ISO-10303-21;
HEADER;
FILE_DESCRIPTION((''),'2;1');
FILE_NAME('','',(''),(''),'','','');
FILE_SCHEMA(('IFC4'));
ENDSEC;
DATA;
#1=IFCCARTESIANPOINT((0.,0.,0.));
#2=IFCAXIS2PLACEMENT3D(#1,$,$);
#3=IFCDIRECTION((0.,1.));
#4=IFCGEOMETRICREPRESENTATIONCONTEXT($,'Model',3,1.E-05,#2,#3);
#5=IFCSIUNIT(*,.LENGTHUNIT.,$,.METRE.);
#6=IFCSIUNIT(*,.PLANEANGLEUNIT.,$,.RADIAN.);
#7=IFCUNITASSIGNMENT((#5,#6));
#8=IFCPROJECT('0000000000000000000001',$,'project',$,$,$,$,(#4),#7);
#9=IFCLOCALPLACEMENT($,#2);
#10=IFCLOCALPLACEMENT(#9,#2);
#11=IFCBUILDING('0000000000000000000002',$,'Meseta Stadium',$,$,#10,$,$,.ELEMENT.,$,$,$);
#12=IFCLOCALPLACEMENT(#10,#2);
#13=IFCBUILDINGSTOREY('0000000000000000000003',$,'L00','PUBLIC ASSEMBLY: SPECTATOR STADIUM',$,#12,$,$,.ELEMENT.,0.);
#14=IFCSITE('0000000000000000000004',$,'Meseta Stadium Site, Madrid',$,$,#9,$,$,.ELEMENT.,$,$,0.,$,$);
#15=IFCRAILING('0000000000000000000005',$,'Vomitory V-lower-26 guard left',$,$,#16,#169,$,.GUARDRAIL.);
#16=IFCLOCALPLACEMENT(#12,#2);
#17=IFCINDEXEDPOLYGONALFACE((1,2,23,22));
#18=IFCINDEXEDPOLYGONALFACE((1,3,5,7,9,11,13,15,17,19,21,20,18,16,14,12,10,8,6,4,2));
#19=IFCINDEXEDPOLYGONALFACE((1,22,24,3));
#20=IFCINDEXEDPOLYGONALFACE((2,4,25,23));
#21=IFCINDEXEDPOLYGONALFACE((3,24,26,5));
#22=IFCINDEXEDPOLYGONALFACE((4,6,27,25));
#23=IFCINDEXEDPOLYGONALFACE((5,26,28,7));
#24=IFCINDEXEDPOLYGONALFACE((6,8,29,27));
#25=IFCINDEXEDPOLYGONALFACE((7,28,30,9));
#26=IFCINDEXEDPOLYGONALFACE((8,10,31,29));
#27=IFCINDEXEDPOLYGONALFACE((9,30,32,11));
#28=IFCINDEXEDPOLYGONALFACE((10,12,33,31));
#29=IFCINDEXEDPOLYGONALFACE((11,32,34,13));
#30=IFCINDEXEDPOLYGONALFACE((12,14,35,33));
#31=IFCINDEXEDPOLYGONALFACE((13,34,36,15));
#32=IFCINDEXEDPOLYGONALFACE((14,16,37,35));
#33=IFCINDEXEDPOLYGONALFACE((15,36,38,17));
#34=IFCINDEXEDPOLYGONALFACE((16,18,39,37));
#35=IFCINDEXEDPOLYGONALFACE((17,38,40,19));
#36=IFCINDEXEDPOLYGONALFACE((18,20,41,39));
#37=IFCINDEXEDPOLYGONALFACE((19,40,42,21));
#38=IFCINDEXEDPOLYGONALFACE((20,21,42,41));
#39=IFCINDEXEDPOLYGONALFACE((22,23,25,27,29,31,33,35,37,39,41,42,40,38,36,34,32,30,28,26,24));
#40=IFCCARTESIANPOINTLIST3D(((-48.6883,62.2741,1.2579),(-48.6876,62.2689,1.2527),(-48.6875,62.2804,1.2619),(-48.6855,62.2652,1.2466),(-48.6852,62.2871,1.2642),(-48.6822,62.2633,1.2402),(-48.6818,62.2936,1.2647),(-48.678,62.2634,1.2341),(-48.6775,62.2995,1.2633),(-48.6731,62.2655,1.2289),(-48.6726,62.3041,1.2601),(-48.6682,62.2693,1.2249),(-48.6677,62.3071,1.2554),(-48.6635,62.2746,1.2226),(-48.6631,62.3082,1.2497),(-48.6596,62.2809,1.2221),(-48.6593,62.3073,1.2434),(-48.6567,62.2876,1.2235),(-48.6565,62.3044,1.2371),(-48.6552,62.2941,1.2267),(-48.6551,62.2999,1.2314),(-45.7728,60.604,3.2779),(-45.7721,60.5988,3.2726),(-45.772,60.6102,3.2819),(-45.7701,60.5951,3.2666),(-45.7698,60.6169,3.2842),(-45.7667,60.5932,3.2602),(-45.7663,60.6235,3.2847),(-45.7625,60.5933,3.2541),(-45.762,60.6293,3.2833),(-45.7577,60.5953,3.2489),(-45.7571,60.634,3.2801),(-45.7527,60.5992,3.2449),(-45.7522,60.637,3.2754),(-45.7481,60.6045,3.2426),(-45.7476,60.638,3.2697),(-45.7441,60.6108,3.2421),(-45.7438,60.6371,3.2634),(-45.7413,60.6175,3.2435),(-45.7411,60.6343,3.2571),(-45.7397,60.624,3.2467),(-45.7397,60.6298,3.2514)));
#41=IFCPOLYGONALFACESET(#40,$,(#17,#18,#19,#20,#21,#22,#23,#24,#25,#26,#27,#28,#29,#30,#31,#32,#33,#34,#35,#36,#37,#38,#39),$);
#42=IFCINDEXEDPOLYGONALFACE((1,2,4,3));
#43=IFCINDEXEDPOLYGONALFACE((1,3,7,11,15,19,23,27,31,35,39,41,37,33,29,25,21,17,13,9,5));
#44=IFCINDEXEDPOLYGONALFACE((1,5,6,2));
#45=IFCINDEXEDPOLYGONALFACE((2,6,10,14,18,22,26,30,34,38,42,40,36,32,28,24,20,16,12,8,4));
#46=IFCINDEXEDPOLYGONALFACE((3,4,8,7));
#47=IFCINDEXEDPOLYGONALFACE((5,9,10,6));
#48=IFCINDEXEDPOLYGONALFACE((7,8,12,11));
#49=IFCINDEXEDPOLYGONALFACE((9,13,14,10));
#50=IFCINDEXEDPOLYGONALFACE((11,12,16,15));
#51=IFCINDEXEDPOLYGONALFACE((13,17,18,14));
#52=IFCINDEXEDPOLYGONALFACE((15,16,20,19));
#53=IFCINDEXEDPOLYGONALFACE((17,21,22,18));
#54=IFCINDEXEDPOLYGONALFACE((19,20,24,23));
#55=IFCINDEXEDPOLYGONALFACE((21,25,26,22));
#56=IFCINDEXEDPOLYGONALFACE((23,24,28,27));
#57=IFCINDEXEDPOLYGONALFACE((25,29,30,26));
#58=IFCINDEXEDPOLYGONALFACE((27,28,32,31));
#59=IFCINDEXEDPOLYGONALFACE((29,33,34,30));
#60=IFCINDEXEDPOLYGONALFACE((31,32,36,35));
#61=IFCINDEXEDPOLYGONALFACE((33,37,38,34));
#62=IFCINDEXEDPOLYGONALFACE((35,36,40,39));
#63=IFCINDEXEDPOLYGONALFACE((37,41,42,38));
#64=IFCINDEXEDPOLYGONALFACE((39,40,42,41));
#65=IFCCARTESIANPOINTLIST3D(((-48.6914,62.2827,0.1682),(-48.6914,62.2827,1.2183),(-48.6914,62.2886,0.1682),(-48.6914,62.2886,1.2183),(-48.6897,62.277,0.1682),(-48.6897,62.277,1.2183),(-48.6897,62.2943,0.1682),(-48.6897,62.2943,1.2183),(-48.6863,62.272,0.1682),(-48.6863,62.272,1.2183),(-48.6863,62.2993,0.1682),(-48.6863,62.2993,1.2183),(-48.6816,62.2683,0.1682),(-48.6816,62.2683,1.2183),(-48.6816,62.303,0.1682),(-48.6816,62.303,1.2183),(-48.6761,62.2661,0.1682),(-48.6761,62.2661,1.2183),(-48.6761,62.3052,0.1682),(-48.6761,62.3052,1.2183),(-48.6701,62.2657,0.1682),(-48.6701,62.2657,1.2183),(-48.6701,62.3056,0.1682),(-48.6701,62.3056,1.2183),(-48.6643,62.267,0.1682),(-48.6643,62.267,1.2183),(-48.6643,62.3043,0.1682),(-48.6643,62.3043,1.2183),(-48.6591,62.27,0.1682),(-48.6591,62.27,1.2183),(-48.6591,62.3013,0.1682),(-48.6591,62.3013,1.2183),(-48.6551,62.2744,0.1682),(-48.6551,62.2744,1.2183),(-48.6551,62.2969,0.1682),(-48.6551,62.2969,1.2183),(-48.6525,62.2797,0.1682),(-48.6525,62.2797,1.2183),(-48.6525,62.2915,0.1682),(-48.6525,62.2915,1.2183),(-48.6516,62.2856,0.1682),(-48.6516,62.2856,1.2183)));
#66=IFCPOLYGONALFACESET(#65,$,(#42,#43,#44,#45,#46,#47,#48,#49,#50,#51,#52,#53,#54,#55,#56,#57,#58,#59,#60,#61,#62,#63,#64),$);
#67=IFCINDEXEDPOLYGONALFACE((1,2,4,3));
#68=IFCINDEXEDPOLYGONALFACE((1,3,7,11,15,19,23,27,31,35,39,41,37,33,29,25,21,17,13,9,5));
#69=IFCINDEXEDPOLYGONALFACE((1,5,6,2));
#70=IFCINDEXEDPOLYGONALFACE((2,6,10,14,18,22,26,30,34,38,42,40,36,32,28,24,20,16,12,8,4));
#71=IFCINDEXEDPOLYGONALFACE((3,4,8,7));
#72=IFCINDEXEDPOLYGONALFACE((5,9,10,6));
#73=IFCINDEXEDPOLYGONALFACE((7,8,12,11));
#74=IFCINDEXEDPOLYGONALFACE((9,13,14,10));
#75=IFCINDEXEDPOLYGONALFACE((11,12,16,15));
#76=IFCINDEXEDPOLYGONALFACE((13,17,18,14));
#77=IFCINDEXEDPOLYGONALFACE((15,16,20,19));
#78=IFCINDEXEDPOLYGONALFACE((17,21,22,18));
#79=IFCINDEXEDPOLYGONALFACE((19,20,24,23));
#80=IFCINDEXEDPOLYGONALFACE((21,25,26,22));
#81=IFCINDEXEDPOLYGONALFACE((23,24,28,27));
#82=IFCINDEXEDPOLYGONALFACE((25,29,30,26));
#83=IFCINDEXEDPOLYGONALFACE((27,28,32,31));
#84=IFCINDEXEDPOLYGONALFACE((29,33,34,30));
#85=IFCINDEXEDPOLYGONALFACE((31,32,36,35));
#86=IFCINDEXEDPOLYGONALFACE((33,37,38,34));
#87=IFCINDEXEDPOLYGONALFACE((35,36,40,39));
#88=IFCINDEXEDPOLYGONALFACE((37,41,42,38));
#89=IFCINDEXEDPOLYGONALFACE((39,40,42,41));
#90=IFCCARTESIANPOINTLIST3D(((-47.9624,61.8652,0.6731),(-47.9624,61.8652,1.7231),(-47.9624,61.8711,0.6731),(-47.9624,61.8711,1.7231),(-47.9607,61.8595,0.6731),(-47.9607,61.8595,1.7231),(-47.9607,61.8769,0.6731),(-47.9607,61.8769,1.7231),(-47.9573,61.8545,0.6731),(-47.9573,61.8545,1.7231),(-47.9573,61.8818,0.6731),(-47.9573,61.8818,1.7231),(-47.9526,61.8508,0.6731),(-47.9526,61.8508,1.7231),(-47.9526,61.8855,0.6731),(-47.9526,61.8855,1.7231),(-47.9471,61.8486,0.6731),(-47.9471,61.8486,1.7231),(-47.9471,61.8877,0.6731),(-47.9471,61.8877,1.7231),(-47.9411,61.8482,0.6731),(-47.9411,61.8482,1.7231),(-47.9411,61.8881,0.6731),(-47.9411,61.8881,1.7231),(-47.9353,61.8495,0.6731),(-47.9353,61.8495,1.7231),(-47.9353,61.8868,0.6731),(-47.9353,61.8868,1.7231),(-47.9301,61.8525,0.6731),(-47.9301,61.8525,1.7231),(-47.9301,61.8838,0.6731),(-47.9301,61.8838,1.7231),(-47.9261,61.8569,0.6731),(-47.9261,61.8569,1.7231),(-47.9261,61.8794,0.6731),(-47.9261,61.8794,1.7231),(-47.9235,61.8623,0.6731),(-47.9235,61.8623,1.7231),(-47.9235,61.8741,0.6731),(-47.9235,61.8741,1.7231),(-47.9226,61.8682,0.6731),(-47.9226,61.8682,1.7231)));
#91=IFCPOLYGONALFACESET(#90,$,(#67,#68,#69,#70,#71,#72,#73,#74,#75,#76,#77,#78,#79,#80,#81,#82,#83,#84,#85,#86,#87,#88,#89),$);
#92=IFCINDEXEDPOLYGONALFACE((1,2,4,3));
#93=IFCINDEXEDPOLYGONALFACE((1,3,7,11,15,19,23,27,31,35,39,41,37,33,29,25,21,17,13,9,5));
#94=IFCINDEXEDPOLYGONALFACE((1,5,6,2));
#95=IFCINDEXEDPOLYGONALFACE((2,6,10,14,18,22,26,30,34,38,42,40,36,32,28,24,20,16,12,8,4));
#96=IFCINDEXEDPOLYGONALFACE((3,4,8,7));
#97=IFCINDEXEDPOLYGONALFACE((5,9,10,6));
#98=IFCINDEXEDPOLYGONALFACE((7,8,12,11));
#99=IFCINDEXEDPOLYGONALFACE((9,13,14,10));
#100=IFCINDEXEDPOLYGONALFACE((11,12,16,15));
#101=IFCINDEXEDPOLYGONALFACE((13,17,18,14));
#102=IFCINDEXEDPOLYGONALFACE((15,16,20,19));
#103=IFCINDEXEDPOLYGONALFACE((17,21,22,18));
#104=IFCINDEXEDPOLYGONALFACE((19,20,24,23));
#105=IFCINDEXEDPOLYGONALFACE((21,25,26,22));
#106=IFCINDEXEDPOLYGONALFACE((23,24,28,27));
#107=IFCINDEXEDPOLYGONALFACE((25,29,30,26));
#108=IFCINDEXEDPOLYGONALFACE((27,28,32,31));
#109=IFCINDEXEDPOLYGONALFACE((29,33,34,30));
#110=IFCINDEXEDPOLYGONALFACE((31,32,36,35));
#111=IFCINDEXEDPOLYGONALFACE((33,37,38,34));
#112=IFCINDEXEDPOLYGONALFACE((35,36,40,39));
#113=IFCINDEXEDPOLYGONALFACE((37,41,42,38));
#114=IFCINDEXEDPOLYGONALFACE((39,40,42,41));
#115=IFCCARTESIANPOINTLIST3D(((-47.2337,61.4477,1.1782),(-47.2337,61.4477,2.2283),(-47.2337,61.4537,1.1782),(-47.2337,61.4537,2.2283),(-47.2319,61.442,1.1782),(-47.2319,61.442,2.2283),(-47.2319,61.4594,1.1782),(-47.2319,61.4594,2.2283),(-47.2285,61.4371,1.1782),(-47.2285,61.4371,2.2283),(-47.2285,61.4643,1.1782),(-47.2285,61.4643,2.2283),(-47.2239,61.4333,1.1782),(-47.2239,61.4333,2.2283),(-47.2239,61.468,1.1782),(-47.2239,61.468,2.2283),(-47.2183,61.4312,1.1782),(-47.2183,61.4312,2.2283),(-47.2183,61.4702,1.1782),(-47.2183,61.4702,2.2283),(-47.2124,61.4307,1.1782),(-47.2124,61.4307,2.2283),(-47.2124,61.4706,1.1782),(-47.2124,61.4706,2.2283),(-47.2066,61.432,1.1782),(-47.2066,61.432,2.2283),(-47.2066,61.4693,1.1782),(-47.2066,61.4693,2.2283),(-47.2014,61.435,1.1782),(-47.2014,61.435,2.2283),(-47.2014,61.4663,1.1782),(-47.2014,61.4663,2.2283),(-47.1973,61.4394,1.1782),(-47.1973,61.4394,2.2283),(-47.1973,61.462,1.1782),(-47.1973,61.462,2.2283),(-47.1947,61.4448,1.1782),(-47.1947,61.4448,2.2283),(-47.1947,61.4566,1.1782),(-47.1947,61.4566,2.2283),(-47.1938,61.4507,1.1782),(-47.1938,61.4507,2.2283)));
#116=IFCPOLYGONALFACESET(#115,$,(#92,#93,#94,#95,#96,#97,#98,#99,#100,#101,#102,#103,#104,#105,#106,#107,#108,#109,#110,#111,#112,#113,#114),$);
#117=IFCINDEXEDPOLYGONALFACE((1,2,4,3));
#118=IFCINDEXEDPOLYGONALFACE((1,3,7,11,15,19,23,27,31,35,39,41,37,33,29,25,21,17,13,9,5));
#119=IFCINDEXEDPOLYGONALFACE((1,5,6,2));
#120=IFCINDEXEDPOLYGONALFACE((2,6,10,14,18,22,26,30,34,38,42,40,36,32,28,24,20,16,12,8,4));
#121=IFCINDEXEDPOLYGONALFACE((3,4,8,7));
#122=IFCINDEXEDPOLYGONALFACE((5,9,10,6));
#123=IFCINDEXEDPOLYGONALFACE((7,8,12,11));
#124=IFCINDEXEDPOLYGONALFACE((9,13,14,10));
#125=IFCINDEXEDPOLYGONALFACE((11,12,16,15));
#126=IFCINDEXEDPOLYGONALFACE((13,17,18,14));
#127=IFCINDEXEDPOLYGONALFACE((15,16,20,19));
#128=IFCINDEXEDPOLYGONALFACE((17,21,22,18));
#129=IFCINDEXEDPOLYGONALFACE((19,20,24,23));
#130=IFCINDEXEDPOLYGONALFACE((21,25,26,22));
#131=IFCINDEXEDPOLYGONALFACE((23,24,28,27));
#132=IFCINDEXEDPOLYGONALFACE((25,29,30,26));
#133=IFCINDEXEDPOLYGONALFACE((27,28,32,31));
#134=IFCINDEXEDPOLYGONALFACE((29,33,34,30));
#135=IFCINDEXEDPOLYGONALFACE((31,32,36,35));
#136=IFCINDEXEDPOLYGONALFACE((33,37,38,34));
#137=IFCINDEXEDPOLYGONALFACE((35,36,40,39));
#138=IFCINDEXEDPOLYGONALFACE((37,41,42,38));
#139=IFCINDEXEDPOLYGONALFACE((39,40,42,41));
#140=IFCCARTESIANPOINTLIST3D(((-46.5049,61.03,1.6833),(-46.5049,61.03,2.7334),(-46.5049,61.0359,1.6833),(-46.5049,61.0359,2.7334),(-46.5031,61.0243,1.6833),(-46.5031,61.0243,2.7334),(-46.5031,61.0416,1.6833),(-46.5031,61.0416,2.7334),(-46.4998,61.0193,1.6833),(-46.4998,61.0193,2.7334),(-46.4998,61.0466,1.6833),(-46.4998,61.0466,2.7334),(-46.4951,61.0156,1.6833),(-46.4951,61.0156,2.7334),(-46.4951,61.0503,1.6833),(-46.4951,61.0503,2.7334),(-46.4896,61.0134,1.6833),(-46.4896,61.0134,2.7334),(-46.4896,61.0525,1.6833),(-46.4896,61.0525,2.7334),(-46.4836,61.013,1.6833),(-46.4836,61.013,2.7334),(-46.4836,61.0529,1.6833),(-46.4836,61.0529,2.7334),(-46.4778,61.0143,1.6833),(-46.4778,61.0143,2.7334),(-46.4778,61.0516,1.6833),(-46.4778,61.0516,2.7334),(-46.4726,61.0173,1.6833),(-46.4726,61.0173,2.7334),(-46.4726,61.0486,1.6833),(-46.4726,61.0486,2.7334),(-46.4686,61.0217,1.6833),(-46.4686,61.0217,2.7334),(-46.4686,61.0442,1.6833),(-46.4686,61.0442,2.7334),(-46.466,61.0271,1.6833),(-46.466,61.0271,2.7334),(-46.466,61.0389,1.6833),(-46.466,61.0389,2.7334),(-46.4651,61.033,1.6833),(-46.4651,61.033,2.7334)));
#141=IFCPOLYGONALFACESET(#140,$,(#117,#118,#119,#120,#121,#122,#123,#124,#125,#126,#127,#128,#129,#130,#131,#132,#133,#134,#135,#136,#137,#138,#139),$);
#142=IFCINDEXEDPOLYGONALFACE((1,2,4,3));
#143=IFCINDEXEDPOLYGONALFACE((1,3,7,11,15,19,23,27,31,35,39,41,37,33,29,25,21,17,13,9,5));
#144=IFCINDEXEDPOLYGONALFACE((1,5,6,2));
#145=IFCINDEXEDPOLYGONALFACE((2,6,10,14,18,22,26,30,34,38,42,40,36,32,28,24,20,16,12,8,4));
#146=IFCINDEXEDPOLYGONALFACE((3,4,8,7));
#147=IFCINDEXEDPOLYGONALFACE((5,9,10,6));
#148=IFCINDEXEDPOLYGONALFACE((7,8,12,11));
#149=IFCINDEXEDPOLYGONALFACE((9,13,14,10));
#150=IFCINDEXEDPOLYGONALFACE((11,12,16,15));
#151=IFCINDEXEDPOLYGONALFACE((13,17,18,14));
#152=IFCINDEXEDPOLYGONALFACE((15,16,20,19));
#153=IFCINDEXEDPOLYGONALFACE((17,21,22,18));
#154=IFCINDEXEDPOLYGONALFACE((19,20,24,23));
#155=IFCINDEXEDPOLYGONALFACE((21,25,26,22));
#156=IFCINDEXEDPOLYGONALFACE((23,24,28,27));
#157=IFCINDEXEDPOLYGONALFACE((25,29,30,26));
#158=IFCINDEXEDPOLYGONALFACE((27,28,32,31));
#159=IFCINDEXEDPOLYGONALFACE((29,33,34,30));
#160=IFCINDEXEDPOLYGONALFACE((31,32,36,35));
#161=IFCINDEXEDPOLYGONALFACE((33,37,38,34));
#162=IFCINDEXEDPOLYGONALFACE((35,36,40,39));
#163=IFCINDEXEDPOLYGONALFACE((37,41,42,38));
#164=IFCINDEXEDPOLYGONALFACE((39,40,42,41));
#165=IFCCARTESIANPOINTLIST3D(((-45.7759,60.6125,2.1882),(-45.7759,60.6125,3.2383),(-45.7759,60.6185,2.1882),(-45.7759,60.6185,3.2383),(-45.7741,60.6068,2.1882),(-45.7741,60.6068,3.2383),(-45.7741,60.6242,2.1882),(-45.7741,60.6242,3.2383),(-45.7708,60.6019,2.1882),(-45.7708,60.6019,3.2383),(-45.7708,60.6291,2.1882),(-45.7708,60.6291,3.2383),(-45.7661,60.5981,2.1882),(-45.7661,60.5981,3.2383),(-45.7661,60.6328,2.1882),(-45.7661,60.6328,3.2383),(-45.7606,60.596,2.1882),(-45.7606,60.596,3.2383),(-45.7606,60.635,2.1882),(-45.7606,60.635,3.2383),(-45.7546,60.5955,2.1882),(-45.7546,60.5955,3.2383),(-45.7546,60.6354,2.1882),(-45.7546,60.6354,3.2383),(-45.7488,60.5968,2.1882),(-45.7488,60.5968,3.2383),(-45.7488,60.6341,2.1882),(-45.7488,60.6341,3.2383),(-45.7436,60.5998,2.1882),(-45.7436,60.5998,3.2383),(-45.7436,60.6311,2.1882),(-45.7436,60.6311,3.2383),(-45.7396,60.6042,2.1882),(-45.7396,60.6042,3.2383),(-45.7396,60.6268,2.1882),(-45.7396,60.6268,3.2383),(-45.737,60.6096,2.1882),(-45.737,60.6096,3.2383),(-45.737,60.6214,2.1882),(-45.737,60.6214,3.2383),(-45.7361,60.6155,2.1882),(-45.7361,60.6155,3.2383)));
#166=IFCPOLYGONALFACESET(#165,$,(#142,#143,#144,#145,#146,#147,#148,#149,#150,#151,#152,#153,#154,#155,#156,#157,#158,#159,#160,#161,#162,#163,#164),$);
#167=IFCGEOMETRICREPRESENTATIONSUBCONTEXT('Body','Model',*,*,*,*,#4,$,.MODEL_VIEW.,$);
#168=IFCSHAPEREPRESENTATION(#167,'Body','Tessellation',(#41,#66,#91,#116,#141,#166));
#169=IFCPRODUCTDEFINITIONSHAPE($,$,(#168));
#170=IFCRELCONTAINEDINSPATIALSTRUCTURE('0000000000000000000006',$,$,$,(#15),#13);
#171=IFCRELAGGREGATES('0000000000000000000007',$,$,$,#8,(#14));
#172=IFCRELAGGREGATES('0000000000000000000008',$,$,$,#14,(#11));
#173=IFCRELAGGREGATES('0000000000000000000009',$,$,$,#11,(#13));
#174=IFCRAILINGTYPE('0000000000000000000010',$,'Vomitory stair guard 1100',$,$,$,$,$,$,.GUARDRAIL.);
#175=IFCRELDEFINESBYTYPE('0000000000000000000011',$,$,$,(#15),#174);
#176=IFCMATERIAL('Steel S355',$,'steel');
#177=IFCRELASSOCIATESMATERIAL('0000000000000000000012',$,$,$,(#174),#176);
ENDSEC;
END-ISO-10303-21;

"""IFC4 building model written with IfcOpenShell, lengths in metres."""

from ifc_helpers import new_model, si_unit, direction, frame, origin, origin_2d, place, context, subcontext, project, spatial, circle, extrude, material, type_object, element, save


model = new_model("IFC4")

# Units and contexts
model_context = context("Model", 3, precision=1e-05, world=origin(), true_north=direction((0.0, 1.0)))
body_context = subcontext(model_context, "Body", "Model", "MODEL_VIEW")
ifc_project = project(units=[si_unit("LENGTHUNIT", "METRE"), si_unit("PLANEANGLEUNIT", "RADIAN")], contexts=[model_context])

# Site, building, storey
site_placement = place(None, origin())
site = spatial("IfcSite", under=ifc_project, at=site_placement, Name="Meseta Stadium Site, Madrid", CompositionType="ELEMENT", RefElevation=0.0)
building_placement = place(site_placement, origin())
building = spatial("IfcBuilding", under=site, at=building_placement, Name="Meseta Stadium", CompositionType="ELEMENT")
storey_placement = place(building_placement, origin())
storey = spatial("IfcBuildingStorey", under=building, at=storey_placement, Name="L00", Description="PUBLIC ASSEMBLY: SPECTATOR STADIUM", CompositionType="ELEMENT", Elevation=0.0)

# Railing
ifc_material_1 = material(Name="Steel S355", Category="steel")
railing_type_1 = type_object("IfcRailingType", Name="Vomitory stair guard 1100", PredefinedType="GUARDRAIL", material=ifc_material_1)
railing_1_placement = place(storey_placement, frame((-48.6716, 62.2856, 0.1682)))
element("IfcRailing", 1, at=railing_1_placement, inside=storey, type_object=railing_type_1, Name="Vomitory V-lower-26 guard left", PredefinedType="GUARDRAIL", context=body_context, shape_type="SweptSolid", body=[
    extrude(circle(Radius=0.0249, at=origin_2d()), frame((0.0, 0.0, 1.0752), z_axis=(0.743664, -0.42601, 0.515247), x_axis=(0.49707, 0.867711, 0.0)), (0.0, 0.0, 1.0), 3.9204),
    extrude(circle(Radius=0.02, at=origin_2d()), origin(), (0.0, 0.0, 1.0), 1.05),
    extrude(circle(Radius=0.02, at=origin_2d()), frame((0.729, -0.4175, 0.5049)), (0.0, 0.0, 1.0), 1.05),
    extrude(circle(Radius=0.02, at=origin_2d()), frame((1.4578, -0.835, 1.01)), (0.0, 0.0, 1.0), 1.05),
    extrude(circle(Radius=0.02, at=origin_2d()), frame((2.1865, -1.2527, 1.5151)), (0.0, 0.0, 1.0), 1.05),
    extrude(circle(Radius=0.02, at=origin_2d()), frame((2.9155, -1.6702, 2.02)), (0.0, 0.0, 1.0), 1.05),
])

save(model, "model.ifc")
